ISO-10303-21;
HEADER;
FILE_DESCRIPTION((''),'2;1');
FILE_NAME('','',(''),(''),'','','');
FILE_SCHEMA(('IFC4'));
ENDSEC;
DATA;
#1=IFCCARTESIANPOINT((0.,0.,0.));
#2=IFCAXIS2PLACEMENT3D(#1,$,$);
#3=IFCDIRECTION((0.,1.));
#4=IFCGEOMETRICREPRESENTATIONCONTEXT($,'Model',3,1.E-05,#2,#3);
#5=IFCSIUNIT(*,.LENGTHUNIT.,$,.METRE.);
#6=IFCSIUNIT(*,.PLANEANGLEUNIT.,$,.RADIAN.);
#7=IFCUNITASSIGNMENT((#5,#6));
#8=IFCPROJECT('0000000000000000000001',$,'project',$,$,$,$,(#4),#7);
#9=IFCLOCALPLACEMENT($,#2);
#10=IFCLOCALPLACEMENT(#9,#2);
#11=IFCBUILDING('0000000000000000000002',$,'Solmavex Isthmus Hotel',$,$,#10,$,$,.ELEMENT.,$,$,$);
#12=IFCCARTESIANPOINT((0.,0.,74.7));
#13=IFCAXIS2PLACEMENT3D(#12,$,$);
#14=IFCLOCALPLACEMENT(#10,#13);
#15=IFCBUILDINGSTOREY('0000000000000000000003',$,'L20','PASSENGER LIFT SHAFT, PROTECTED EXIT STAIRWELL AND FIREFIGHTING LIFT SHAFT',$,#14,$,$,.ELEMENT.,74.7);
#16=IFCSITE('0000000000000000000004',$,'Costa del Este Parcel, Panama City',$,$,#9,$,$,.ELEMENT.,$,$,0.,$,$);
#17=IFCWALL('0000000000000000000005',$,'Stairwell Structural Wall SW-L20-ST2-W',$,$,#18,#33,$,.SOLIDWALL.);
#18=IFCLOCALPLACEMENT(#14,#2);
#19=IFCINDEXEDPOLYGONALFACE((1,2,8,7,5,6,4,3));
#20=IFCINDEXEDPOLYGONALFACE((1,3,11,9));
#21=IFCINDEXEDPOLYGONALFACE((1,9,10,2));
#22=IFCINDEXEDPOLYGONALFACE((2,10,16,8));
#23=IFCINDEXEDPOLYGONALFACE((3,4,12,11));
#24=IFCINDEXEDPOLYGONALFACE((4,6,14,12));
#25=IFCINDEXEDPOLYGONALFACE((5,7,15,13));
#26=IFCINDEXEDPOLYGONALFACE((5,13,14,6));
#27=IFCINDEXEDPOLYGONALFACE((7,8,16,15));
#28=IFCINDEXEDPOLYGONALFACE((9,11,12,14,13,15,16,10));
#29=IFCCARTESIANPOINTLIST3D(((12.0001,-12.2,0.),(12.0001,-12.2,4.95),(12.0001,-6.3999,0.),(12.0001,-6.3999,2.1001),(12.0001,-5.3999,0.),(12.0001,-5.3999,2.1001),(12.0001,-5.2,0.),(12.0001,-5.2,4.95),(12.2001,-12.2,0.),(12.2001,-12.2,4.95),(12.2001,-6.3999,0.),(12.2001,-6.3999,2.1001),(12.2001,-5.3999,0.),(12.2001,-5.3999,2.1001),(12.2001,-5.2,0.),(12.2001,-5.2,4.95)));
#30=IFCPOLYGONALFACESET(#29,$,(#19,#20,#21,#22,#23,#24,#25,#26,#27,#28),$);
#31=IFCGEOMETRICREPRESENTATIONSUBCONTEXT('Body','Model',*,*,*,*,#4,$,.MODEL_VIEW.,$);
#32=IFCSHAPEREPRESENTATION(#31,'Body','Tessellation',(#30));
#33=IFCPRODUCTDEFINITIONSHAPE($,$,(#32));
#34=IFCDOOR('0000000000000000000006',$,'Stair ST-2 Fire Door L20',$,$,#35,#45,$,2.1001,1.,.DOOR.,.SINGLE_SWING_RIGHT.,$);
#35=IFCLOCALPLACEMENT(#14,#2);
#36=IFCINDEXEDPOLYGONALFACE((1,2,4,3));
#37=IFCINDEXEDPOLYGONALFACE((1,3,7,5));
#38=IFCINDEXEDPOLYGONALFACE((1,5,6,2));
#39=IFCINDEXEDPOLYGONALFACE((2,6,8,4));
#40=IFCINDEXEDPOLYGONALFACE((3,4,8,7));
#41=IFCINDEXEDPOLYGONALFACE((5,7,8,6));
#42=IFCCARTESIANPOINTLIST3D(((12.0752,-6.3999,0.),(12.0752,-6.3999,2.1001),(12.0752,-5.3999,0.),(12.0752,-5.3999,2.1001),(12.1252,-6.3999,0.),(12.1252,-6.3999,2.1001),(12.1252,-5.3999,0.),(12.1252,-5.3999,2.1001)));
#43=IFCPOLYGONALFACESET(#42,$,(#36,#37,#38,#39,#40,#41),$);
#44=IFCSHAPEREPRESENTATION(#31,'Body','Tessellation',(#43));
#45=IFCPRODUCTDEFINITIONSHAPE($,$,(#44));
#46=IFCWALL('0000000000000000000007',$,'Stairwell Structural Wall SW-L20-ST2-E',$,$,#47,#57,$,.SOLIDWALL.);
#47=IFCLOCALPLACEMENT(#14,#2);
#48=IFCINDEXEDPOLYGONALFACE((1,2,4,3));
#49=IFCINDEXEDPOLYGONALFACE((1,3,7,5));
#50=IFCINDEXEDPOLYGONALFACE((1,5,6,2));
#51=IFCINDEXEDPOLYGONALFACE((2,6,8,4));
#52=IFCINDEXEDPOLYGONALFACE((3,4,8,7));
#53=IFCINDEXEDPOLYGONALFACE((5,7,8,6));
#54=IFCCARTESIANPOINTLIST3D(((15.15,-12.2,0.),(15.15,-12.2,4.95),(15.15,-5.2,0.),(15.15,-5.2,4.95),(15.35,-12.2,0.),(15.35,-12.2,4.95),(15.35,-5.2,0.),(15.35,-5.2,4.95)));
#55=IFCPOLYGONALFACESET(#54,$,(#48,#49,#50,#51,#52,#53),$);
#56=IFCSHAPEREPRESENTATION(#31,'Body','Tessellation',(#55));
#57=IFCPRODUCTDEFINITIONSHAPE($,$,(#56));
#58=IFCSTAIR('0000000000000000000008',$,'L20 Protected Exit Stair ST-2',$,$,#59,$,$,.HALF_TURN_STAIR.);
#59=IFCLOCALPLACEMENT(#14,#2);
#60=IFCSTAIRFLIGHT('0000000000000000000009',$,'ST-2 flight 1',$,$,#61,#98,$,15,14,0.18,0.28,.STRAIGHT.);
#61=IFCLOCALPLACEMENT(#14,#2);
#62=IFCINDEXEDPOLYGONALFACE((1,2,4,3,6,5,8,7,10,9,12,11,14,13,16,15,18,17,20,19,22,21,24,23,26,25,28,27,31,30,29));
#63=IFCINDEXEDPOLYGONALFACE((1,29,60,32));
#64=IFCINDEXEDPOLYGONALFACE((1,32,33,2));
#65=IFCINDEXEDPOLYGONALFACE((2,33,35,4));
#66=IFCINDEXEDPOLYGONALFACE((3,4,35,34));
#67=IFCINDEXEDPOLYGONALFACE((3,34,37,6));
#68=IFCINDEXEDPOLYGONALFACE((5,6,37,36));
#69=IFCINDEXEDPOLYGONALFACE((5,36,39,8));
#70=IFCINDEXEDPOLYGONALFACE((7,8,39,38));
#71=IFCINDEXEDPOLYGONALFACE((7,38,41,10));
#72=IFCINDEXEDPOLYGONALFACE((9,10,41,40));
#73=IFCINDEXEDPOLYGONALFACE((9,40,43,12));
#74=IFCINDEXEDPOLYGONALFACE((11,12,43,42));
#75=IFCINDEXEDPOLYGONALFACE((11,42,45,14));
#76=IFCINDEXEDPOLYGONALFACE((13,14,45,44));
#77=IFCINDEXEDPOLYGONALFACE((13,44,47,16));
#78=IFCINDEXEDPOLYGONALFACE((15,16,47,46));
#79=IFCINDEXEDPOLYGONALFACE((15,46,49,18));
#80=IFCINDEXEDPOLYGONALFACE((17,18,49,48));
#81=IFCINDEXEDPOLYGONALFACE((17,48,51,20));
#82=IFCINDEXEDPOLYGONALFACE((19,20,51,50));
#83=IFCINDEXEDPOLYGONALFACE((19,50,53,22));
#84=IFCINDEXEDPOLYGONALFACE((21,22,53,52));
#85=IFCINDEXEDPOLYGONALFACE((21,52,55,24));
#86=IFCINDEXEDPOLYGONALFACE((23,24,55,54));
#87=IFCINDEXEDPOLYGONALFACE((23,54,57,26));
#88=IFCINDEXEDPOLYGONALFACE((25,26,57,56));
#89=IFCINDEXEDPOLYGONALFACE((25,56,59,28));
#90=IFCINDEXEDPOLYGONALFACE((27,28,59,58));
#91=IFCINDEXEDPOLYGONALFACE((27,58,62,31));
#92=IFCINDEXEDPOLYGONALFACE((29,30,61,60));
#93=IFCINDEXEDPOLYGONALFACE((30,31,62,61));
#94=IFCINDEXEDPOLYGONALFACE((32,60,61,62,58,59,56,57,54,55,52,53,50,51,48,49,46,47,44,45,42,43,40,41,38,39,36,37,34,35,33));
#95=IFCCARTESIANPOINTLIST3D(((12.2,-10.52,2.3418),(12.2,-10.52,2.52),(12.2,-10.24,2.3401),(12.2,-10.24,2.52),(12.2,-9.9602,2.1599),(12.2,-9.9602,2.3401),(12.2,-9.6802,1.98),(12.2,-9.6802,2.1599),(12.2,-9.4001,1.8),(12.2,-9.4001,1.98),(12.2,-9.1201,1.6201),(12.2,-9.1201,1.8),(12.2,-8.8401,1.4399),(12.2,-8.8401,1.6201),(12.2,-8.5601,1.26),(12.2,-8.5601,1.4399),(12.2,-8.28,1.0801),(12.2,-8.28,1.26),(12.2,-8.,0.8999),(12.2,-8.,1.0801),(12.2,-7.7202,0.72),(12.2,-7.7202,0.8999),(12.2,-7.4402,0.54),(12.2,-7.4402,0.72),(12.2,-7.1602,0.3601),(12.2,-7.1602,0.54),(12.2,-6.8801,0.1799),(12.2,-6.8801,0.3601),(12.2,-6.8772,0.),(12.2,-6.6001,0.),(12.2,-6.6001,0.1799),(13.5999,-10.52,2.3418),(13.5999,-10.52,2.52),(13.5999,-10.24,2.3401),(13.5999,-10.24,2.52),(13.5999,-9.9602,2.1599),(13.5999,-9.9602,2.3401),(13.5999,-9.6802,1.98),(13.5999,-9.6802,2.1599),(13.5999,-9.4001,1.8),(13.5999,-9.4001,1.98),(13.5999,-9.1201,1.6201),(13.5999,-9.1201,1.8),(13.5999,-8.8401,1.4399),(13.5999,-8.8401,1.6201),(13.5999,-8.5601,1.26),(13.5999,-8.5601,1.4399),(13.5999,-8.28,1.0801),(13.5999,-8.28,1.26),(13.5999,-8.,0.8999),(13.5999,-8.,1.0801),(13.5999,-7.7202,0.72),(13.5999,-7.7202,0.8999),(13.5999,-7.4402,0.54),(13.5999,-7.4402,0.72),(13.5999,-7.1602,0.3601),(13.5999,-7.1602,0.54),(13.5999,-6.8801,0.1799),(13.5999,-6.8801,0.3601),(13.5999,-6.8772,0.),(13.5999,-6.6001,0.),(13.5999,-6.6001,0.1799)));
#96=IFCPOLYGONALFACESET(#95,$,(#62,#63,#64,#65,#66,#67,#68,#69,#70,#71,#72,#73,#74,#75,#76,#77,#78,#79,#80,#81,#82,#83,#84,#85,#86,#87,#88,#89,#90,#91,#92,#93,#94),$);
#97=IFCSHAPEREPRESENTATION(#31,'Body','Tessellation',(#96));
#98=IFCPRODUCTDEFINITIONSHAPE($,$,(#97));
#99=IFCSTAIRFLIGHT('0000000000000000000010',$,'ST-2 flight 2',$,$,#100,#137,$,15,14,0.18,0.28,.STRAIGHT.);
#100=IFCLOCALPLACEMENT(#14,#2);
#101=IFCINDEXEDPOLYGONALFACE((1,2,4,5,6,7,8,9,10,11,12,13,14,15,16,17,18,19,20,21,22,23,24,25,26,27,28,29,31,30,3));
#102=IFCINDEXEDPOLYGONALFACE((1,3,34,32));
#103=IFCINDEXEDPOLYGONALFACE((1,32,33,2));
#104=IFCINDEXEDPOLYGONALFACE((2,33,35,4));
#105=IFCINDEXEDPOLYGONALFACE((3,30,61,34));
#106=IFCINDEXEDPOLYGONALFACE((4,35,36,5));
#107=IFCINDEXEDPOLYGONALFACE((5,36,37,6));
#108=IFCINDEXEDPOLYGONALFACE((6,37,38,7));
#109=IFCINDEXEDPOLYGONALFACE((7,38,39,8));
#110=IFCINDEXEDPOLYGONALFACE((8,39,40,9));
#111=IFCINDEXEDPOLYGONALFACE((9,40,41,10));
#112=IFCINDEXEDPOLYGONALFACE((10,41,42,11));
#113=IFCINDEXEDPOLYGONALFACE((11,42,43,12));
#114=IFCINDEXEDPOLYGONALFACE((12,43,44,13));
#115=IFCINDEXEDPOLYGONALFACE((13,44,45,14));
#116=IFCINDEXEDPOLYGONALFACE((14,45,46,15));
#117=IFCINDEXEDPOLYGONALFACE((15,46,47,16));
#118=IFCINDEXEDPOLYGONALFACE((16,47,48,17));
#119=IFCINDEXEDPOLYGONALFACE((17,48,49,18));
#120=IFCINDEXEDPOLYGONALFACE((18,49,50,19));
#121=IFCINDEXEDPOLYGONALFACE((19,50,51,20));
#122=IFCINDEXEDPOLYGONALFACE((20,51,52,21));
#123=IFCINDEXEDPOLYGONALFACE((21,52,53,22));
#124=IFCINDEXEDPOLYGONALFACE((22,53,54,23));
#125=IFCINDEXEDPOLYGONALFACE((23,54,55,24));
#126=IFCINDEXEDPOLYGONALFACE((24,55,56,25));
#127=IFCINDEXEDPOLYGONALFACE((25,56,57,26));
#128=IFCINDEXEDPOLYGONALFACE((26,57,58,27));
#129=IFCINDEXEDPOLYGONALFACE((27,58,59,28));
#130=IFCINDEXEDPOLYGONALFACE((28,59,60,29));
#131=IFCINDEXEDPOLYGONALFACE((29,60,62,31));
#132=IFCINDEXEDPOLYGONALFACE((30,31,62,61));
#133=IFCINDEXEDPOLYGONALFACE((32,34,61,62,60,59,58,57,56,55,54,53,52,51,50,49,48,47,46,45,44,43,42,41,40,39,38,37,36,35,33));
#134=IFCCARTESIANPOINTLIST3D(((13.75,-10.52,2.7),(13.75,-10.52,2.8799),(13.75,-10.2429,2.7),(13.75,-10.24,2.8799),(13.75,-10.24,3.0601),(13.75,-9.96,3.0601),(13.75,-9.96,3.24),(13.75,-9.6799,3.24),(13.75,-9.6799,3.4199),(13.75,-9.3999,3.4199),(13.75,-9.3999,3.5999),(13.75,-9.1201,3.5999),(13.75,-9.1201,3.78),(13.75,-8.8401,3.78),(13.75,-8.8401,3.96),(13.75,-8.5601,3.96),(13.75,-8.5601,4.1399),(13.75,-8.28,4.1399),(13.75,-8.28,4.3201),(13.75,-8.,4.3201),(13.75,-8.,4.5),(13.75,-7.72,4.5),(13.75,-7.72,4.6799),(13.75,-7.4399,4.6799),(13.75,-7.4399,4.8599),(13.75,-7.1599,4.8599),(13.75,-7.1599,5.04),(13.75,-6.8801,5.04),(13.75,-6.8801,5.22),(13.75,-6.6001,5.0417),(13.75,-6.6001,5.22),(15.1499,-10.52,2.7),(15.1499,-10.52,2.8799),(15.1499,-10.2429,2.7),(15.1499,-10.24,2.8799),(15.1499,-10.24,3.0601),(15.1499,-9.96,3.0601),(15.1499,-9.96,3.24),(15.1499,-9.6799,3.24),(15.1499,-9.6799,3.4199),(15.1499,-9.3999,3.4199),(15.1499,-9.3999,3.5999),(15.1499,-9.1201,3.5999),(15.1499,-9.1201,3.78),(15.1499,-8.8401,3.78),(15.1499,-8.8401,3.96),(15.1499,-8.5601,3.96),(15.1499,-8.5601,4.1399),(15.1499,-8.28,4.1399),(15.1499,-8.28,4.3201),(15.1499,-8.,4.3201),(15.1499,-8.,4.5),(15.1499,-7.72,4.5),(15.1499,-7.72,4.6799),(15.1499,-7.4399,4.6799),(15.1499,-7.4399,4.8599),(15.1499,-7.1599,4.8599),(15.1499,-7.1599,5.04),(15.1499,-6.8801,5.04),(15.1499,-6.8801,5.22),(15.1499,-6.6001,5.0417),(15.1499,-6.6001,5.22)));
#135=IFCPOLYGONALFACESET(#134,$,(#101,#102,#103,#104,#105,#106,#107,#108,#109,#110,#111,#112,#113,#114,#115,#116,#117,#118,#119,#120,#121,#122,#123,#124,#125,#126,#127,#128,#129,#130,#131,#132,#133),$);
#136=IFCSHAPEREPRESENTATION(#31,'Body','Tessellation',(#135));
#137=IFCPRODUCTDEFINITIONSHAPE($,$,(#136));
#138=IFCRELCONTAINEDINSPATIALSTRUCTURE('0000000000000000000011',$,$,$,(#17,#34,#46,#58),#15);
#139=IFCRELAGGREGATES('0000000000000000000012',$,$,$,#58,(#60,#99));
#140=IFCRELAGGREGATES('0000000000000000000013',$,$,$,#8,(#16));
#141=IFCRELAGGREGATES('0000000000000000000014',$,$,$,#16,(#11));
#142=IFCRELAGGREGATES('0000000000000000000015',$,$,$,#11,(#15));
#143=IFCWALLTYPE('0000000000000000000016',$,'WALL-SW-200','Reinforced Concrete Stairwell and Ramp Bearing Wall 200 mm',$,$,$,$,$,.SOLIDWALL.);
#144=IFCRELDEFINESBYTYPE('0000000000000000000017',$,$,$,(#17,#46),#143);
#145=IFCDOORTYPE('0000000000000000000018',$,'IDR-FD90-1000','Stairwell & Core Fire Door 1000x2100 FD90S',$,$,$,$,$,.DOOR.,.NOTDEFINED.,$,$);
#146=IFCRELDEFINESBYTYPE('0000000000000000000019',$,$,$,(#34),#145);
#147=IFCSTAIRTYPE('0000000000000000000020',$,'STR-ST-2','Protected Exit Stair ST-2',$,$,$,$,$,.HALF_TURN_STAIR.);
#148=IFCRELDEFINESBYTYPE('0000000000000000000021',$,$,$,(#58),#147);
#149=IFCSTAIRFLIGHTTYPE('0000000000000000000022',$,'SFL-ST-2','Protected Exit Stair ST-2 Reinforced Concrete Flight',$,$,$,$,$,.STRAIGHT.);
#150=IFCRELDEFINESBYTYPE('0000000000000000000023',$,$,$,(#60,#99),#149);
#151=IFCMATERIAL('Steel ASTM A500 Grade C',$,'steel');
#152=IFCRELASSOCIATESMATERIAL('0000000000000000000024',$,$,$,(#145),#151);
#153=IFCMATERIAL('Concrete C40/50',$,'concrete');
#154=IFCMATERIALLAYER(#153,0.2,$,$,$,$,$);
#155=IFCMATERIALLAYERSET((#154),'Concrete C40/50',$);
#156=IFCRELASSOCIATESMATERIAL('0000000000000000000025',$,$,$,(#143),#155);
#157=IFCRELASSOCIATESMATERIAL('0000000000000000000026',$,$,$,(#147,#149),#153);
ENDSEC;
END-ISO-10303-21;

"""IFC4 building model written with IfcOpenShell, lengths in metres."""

from ifc_helpers import new_model, si_unit, direction, frame, frame_2d, origin, place, context, subcontext, project, spatial, polyline, rectangle, outline, extrude, material, layer, layer_set, type_object, element, fill, aggregate, save


model = new_model("IFC4")

# Units and contexts
model_context = context("Model", 3, precision=1e-05, world=origin(), true_north=direction((0.0, 1.0)))
body_context = subcontext(model_context, "Body", "Model", "MODEL_VIEW")
ifc_project = project(units=[si_unit("LENGTHUNIT", "METRE"), si_unit("PLANEANGLEUNIT", "RADIAN")], contexts=[model_context])

# Site, building, storey
site_placement = place(None, origin())
site = spatial("IfcSite", under=ifc_project, at=site_placement, Name="Costa del Este Parcel, Panama City", CompositionType="ELEMENT", RefElevation=0.0)
building_placement = place(site_placement, origin())
building = spatial("IfcBuilding", under=site, at=building_placement, Name="Solmavex Isthmus Hotel", CompositionType="ELEMENT")
storey_placement = place(building_placement, frame((0.0, 0.0, 74.7)))
storey = spatial("IfcBuildingStorey", under=building, at=storey_placement, Name="L20", Description="PASSENGER LIFT SHAFT, PROTECTED EXIT STAIRWELL AND FIREFIGHTING LIFT SHAFT", CompositionType="ELEMENT", Elevation=74.7)

# Shared definitions
ifc_material_1 = material(Name="Concrete C40/50", Category="concrete")
ifc_material_2 = material(Name="Steel ASTM A500 Grade C", Category="steel")
door_type_1 = type_object("IfcDoorType", Name="IDR-FD90-1000", Description="Stairwell & Core Fire Door 1000x2100 FD90S", OperationType="NOTDEFINED", PredefinedType="DOOR", material=ifc_material_2)

# Wall, opening, door
ifc_layer_1 = layer(ifc_material_1, 0.2)
ifc_layer_set_1 = layer_set([ifc_layer_1], Name="Concrete C40/50")
wall_type_1 = type_object("IfcWallType", Name="WALL-SW-200", Description="Reinforced Concrete Stairwell and Ramp Bearing Wall 200 mm", PredefinedType="SOLIDWALL", material=ifc_layer_set_1)
wall_1_placement = place(storey_placement, frame((12.1001, -12.2, 0.0), z_axis=(0.0, 0.0, 1.0), x_axis=(0.0, 1.0, 0.0)))
wall_1 = element("IfcWall", 1, at=wall_1_placement, inside=storey, type_object=wall_type_1, Name="Stairwell Structural Wall SW-L20-ST2-W", PredefinedType="SOLIDWALL", context=body_context, shape_type="SweptSolid", body=[
    extrude(rectangle(XDim=7.0, YDim=0.2, at=frame_2d((3.5, 0.0))), origin(), (0.0, 0.0, 1.0), 4.95),
])
opening_1_placement = place(wall_1_placement, frame((5.8, 0.0, 0.0)))
opening_1 = element("IfcOpeningElement", 2, at=opening_1_placement, cuts=wall_1, PredefinedType="OPENING", context=body_context, shape_type="SweptSolid", body=[
    extrude(rectangle(XDim=1.0, YDim=2.1001, at=frame_2d((0.5, 1.05))), frame((0.0, 0.1099, 0.0), z_axis=(0.0, -1.0, 0.0), x_axis=(1.0, 0.0, 0.0)), (0.0, 0.0, 1.0), 0.22),
])
door_1_placement = place(opening_1_placement, origin())
door_1 = element("IfcDoor", 3, at=door_1_placement, inside=storey, type_object=door_type_1, Name="Stair ST-2 Fire Door L20", OperationType="SINGLE_SWING_RIGHT", OverallHeight=2.1001, OverallWidth=1.0, PredefinedType="DOOR", context=body_context, shape_type="SweptSolid", body=[
    extrude(rectangle(XDim=1.0, YDim=2.1001, at=frame_2d((0.5, 1.05))), frame((0.0, 0.0249, 0.0), z_axis=(0.0, -1.0, 0.0), x_axis=(1.0, 0.0, 0.0)), (0.0, 0.0, 1.0), 0.05),
])
fill(opening_1, door_1)

# Wall
wall_2_placement = place(storey_placement, frame((15.25, -12.2, 0.0), z_axis=(0.0, 0.0, 1.0), x_axis=(0.0, 1.0, 0.0)))
element("IfcWall", 4, at=wall_2_placement, inside=storey, type_object=wall_type_1, Name="Stairwell Structural Wall SW-L20-ST2-E", PredefinedType="SOLIDWALL", context=body_context, shape_type="SweptSolid", body=[
    extrude(rectangle(XDim=7.0, YDim=0.2, at=frame_2d((3.5, 0.0))), origin(), (0.0, 0.0, 1.0), 4.95),
])

# Stair, stair flights
stair_type = type_object("IfcStairType", Name="STR-ST-2", Description="Protected Exit Stair ST-2", PredefinedType="HALF_TURN_STAIR", material=ifc_material_1)
stair_placement = place(storey_placement, origin())
stair = element("IfcStair", 5, at=stair_placement, inside=storey, type_object=stair_type, Name="L20 Protected Exit Stair ST-2", PredefinedType="HALF_TURN_STAIR")
stair_flight_type = type_object("IfcStairFlightType", Name="SFL-ST-2", Description="Protected Exit Stair ST-2 Reinforced Concrete Flight", PredefinedType="STRAIGHT", material=ifc_material_1)
stair_flight_1_placement = place(storey_placement, frame((12.8999, -6.6001, 0.0), z_axis=(0.0, 0.0, 1.0), x_axis=(0.0, -1.0, 0.0)))
stair_flight_1 = element("IfcStairFlight", 6, at=stair_flight_1_placement, type_object=stair_flight_type, Name="ST-2 flight 1", NumberOfRisers=15, NumberOfTreads=14, PredefinedType="STRAIGHT", RiserHeight=0.18, TreadLength=0.28, context=body_context, shape_type="SweptSolid", body=[
    extrude(outline(polyline([(0.0, 0.0), (0.0, 0.1799), (0.28, 0.1799), (0.28, 0.3601), (0.5601, 0.3601), (0.5601, 0.54), (0.8401, 0.54), (0.8401, 0.72), (1.1201, 0.72), (1.1201, 0.8999), (1.3999, 0.8999), (1.3999, 1.0801), (1.6799, 1.0801), (1.6799, 1.26), (1.96, 1.26), (1.96, 1.4399), (2.24, 1.4399), (2.24, 1.6201), (2.52, 1.6201), (2.52, 1.8), (2.8, 1.8), (2.8, 1.98), (3.0801, 1.98), (3.0801, 2.1599), (3.3601, 2.1599), (3.3601, 2.3401), (3.6399, 2.3401), (3.6399, 2.52), (3.9199, 2.52), (3.9199, 2.7), (3.9199, 2.3418), (0.2771, 0.0), (0.0, 0.0)])), frame((0.0, 0.7, 0.0), z_axis=(0.0, -1.0, 0.0), x_axis=(1.0, 0.0, 0.0)), (0.0, 0.0, 1.0), 1.3999),
])
stair_flight_2_placement = place(storey_placement, frame((14.45, -10.52, 2.7), z_axis=(0.0, 0.0, 1.0), x_axis=(0.0, 1.0, 0.0)))
stair_flight_2 = element("IfcStairFlight", 7, at=stair_flight_2_placement, type_object=stair_flight_type, Name="ST-2 flight 2", NumberOfRisers=15, NumberOfTreads=14, PredefinedType="STRAIGHT", RiserHeight=0.18, TreadLength=0.28, context=body_context, shape_type="SweptSolid", body=[
    extrude(outline(polyline([(0.0, 0.0), (0.0, 0.1799), (0.28, 0.1799), (0.28, 0.3601), (0.5601, 0.3601), (0.5601, 0.54), (0.8401, 0.54), (0.8401, 0.72), (1.1201, 0.72), (1.1201, 0.8999), (1.3999, 0.8999), (1.3999, 1.0801), (1.6799, 1.0801), (1.6799, 1.26), (1.96, 1.26), (1.96, 1.4399), (2.24, 1.4399), (2.24, 1.6201), (2.52, 1.6201), (2.52, 1.8), (2.8, 1.8), (2.8, 1.98), (3.0801, 1.98), (3.0801, 2.1599), (3.3601, 2.1599), (3.3601, 2.3401), (3.6399, 2.3401), (3.6399, 2.52), (3.9199, 2.52), (3.9199, 2.7), (3.9199, 2.3418), (0.2771, 0.0), (0.0, 0.0)])), frame((0.0, 0.7, 0.0), z_axis=(0.0, -1.0, 0.0), x_axis=(1.0, 0.0, 0.0)), (0.0, 0.0, 1.0), 1.3999),
])
aggregate(stair, [stair_flight_1, stair_flight_2])

save(model, "model.ifc")
